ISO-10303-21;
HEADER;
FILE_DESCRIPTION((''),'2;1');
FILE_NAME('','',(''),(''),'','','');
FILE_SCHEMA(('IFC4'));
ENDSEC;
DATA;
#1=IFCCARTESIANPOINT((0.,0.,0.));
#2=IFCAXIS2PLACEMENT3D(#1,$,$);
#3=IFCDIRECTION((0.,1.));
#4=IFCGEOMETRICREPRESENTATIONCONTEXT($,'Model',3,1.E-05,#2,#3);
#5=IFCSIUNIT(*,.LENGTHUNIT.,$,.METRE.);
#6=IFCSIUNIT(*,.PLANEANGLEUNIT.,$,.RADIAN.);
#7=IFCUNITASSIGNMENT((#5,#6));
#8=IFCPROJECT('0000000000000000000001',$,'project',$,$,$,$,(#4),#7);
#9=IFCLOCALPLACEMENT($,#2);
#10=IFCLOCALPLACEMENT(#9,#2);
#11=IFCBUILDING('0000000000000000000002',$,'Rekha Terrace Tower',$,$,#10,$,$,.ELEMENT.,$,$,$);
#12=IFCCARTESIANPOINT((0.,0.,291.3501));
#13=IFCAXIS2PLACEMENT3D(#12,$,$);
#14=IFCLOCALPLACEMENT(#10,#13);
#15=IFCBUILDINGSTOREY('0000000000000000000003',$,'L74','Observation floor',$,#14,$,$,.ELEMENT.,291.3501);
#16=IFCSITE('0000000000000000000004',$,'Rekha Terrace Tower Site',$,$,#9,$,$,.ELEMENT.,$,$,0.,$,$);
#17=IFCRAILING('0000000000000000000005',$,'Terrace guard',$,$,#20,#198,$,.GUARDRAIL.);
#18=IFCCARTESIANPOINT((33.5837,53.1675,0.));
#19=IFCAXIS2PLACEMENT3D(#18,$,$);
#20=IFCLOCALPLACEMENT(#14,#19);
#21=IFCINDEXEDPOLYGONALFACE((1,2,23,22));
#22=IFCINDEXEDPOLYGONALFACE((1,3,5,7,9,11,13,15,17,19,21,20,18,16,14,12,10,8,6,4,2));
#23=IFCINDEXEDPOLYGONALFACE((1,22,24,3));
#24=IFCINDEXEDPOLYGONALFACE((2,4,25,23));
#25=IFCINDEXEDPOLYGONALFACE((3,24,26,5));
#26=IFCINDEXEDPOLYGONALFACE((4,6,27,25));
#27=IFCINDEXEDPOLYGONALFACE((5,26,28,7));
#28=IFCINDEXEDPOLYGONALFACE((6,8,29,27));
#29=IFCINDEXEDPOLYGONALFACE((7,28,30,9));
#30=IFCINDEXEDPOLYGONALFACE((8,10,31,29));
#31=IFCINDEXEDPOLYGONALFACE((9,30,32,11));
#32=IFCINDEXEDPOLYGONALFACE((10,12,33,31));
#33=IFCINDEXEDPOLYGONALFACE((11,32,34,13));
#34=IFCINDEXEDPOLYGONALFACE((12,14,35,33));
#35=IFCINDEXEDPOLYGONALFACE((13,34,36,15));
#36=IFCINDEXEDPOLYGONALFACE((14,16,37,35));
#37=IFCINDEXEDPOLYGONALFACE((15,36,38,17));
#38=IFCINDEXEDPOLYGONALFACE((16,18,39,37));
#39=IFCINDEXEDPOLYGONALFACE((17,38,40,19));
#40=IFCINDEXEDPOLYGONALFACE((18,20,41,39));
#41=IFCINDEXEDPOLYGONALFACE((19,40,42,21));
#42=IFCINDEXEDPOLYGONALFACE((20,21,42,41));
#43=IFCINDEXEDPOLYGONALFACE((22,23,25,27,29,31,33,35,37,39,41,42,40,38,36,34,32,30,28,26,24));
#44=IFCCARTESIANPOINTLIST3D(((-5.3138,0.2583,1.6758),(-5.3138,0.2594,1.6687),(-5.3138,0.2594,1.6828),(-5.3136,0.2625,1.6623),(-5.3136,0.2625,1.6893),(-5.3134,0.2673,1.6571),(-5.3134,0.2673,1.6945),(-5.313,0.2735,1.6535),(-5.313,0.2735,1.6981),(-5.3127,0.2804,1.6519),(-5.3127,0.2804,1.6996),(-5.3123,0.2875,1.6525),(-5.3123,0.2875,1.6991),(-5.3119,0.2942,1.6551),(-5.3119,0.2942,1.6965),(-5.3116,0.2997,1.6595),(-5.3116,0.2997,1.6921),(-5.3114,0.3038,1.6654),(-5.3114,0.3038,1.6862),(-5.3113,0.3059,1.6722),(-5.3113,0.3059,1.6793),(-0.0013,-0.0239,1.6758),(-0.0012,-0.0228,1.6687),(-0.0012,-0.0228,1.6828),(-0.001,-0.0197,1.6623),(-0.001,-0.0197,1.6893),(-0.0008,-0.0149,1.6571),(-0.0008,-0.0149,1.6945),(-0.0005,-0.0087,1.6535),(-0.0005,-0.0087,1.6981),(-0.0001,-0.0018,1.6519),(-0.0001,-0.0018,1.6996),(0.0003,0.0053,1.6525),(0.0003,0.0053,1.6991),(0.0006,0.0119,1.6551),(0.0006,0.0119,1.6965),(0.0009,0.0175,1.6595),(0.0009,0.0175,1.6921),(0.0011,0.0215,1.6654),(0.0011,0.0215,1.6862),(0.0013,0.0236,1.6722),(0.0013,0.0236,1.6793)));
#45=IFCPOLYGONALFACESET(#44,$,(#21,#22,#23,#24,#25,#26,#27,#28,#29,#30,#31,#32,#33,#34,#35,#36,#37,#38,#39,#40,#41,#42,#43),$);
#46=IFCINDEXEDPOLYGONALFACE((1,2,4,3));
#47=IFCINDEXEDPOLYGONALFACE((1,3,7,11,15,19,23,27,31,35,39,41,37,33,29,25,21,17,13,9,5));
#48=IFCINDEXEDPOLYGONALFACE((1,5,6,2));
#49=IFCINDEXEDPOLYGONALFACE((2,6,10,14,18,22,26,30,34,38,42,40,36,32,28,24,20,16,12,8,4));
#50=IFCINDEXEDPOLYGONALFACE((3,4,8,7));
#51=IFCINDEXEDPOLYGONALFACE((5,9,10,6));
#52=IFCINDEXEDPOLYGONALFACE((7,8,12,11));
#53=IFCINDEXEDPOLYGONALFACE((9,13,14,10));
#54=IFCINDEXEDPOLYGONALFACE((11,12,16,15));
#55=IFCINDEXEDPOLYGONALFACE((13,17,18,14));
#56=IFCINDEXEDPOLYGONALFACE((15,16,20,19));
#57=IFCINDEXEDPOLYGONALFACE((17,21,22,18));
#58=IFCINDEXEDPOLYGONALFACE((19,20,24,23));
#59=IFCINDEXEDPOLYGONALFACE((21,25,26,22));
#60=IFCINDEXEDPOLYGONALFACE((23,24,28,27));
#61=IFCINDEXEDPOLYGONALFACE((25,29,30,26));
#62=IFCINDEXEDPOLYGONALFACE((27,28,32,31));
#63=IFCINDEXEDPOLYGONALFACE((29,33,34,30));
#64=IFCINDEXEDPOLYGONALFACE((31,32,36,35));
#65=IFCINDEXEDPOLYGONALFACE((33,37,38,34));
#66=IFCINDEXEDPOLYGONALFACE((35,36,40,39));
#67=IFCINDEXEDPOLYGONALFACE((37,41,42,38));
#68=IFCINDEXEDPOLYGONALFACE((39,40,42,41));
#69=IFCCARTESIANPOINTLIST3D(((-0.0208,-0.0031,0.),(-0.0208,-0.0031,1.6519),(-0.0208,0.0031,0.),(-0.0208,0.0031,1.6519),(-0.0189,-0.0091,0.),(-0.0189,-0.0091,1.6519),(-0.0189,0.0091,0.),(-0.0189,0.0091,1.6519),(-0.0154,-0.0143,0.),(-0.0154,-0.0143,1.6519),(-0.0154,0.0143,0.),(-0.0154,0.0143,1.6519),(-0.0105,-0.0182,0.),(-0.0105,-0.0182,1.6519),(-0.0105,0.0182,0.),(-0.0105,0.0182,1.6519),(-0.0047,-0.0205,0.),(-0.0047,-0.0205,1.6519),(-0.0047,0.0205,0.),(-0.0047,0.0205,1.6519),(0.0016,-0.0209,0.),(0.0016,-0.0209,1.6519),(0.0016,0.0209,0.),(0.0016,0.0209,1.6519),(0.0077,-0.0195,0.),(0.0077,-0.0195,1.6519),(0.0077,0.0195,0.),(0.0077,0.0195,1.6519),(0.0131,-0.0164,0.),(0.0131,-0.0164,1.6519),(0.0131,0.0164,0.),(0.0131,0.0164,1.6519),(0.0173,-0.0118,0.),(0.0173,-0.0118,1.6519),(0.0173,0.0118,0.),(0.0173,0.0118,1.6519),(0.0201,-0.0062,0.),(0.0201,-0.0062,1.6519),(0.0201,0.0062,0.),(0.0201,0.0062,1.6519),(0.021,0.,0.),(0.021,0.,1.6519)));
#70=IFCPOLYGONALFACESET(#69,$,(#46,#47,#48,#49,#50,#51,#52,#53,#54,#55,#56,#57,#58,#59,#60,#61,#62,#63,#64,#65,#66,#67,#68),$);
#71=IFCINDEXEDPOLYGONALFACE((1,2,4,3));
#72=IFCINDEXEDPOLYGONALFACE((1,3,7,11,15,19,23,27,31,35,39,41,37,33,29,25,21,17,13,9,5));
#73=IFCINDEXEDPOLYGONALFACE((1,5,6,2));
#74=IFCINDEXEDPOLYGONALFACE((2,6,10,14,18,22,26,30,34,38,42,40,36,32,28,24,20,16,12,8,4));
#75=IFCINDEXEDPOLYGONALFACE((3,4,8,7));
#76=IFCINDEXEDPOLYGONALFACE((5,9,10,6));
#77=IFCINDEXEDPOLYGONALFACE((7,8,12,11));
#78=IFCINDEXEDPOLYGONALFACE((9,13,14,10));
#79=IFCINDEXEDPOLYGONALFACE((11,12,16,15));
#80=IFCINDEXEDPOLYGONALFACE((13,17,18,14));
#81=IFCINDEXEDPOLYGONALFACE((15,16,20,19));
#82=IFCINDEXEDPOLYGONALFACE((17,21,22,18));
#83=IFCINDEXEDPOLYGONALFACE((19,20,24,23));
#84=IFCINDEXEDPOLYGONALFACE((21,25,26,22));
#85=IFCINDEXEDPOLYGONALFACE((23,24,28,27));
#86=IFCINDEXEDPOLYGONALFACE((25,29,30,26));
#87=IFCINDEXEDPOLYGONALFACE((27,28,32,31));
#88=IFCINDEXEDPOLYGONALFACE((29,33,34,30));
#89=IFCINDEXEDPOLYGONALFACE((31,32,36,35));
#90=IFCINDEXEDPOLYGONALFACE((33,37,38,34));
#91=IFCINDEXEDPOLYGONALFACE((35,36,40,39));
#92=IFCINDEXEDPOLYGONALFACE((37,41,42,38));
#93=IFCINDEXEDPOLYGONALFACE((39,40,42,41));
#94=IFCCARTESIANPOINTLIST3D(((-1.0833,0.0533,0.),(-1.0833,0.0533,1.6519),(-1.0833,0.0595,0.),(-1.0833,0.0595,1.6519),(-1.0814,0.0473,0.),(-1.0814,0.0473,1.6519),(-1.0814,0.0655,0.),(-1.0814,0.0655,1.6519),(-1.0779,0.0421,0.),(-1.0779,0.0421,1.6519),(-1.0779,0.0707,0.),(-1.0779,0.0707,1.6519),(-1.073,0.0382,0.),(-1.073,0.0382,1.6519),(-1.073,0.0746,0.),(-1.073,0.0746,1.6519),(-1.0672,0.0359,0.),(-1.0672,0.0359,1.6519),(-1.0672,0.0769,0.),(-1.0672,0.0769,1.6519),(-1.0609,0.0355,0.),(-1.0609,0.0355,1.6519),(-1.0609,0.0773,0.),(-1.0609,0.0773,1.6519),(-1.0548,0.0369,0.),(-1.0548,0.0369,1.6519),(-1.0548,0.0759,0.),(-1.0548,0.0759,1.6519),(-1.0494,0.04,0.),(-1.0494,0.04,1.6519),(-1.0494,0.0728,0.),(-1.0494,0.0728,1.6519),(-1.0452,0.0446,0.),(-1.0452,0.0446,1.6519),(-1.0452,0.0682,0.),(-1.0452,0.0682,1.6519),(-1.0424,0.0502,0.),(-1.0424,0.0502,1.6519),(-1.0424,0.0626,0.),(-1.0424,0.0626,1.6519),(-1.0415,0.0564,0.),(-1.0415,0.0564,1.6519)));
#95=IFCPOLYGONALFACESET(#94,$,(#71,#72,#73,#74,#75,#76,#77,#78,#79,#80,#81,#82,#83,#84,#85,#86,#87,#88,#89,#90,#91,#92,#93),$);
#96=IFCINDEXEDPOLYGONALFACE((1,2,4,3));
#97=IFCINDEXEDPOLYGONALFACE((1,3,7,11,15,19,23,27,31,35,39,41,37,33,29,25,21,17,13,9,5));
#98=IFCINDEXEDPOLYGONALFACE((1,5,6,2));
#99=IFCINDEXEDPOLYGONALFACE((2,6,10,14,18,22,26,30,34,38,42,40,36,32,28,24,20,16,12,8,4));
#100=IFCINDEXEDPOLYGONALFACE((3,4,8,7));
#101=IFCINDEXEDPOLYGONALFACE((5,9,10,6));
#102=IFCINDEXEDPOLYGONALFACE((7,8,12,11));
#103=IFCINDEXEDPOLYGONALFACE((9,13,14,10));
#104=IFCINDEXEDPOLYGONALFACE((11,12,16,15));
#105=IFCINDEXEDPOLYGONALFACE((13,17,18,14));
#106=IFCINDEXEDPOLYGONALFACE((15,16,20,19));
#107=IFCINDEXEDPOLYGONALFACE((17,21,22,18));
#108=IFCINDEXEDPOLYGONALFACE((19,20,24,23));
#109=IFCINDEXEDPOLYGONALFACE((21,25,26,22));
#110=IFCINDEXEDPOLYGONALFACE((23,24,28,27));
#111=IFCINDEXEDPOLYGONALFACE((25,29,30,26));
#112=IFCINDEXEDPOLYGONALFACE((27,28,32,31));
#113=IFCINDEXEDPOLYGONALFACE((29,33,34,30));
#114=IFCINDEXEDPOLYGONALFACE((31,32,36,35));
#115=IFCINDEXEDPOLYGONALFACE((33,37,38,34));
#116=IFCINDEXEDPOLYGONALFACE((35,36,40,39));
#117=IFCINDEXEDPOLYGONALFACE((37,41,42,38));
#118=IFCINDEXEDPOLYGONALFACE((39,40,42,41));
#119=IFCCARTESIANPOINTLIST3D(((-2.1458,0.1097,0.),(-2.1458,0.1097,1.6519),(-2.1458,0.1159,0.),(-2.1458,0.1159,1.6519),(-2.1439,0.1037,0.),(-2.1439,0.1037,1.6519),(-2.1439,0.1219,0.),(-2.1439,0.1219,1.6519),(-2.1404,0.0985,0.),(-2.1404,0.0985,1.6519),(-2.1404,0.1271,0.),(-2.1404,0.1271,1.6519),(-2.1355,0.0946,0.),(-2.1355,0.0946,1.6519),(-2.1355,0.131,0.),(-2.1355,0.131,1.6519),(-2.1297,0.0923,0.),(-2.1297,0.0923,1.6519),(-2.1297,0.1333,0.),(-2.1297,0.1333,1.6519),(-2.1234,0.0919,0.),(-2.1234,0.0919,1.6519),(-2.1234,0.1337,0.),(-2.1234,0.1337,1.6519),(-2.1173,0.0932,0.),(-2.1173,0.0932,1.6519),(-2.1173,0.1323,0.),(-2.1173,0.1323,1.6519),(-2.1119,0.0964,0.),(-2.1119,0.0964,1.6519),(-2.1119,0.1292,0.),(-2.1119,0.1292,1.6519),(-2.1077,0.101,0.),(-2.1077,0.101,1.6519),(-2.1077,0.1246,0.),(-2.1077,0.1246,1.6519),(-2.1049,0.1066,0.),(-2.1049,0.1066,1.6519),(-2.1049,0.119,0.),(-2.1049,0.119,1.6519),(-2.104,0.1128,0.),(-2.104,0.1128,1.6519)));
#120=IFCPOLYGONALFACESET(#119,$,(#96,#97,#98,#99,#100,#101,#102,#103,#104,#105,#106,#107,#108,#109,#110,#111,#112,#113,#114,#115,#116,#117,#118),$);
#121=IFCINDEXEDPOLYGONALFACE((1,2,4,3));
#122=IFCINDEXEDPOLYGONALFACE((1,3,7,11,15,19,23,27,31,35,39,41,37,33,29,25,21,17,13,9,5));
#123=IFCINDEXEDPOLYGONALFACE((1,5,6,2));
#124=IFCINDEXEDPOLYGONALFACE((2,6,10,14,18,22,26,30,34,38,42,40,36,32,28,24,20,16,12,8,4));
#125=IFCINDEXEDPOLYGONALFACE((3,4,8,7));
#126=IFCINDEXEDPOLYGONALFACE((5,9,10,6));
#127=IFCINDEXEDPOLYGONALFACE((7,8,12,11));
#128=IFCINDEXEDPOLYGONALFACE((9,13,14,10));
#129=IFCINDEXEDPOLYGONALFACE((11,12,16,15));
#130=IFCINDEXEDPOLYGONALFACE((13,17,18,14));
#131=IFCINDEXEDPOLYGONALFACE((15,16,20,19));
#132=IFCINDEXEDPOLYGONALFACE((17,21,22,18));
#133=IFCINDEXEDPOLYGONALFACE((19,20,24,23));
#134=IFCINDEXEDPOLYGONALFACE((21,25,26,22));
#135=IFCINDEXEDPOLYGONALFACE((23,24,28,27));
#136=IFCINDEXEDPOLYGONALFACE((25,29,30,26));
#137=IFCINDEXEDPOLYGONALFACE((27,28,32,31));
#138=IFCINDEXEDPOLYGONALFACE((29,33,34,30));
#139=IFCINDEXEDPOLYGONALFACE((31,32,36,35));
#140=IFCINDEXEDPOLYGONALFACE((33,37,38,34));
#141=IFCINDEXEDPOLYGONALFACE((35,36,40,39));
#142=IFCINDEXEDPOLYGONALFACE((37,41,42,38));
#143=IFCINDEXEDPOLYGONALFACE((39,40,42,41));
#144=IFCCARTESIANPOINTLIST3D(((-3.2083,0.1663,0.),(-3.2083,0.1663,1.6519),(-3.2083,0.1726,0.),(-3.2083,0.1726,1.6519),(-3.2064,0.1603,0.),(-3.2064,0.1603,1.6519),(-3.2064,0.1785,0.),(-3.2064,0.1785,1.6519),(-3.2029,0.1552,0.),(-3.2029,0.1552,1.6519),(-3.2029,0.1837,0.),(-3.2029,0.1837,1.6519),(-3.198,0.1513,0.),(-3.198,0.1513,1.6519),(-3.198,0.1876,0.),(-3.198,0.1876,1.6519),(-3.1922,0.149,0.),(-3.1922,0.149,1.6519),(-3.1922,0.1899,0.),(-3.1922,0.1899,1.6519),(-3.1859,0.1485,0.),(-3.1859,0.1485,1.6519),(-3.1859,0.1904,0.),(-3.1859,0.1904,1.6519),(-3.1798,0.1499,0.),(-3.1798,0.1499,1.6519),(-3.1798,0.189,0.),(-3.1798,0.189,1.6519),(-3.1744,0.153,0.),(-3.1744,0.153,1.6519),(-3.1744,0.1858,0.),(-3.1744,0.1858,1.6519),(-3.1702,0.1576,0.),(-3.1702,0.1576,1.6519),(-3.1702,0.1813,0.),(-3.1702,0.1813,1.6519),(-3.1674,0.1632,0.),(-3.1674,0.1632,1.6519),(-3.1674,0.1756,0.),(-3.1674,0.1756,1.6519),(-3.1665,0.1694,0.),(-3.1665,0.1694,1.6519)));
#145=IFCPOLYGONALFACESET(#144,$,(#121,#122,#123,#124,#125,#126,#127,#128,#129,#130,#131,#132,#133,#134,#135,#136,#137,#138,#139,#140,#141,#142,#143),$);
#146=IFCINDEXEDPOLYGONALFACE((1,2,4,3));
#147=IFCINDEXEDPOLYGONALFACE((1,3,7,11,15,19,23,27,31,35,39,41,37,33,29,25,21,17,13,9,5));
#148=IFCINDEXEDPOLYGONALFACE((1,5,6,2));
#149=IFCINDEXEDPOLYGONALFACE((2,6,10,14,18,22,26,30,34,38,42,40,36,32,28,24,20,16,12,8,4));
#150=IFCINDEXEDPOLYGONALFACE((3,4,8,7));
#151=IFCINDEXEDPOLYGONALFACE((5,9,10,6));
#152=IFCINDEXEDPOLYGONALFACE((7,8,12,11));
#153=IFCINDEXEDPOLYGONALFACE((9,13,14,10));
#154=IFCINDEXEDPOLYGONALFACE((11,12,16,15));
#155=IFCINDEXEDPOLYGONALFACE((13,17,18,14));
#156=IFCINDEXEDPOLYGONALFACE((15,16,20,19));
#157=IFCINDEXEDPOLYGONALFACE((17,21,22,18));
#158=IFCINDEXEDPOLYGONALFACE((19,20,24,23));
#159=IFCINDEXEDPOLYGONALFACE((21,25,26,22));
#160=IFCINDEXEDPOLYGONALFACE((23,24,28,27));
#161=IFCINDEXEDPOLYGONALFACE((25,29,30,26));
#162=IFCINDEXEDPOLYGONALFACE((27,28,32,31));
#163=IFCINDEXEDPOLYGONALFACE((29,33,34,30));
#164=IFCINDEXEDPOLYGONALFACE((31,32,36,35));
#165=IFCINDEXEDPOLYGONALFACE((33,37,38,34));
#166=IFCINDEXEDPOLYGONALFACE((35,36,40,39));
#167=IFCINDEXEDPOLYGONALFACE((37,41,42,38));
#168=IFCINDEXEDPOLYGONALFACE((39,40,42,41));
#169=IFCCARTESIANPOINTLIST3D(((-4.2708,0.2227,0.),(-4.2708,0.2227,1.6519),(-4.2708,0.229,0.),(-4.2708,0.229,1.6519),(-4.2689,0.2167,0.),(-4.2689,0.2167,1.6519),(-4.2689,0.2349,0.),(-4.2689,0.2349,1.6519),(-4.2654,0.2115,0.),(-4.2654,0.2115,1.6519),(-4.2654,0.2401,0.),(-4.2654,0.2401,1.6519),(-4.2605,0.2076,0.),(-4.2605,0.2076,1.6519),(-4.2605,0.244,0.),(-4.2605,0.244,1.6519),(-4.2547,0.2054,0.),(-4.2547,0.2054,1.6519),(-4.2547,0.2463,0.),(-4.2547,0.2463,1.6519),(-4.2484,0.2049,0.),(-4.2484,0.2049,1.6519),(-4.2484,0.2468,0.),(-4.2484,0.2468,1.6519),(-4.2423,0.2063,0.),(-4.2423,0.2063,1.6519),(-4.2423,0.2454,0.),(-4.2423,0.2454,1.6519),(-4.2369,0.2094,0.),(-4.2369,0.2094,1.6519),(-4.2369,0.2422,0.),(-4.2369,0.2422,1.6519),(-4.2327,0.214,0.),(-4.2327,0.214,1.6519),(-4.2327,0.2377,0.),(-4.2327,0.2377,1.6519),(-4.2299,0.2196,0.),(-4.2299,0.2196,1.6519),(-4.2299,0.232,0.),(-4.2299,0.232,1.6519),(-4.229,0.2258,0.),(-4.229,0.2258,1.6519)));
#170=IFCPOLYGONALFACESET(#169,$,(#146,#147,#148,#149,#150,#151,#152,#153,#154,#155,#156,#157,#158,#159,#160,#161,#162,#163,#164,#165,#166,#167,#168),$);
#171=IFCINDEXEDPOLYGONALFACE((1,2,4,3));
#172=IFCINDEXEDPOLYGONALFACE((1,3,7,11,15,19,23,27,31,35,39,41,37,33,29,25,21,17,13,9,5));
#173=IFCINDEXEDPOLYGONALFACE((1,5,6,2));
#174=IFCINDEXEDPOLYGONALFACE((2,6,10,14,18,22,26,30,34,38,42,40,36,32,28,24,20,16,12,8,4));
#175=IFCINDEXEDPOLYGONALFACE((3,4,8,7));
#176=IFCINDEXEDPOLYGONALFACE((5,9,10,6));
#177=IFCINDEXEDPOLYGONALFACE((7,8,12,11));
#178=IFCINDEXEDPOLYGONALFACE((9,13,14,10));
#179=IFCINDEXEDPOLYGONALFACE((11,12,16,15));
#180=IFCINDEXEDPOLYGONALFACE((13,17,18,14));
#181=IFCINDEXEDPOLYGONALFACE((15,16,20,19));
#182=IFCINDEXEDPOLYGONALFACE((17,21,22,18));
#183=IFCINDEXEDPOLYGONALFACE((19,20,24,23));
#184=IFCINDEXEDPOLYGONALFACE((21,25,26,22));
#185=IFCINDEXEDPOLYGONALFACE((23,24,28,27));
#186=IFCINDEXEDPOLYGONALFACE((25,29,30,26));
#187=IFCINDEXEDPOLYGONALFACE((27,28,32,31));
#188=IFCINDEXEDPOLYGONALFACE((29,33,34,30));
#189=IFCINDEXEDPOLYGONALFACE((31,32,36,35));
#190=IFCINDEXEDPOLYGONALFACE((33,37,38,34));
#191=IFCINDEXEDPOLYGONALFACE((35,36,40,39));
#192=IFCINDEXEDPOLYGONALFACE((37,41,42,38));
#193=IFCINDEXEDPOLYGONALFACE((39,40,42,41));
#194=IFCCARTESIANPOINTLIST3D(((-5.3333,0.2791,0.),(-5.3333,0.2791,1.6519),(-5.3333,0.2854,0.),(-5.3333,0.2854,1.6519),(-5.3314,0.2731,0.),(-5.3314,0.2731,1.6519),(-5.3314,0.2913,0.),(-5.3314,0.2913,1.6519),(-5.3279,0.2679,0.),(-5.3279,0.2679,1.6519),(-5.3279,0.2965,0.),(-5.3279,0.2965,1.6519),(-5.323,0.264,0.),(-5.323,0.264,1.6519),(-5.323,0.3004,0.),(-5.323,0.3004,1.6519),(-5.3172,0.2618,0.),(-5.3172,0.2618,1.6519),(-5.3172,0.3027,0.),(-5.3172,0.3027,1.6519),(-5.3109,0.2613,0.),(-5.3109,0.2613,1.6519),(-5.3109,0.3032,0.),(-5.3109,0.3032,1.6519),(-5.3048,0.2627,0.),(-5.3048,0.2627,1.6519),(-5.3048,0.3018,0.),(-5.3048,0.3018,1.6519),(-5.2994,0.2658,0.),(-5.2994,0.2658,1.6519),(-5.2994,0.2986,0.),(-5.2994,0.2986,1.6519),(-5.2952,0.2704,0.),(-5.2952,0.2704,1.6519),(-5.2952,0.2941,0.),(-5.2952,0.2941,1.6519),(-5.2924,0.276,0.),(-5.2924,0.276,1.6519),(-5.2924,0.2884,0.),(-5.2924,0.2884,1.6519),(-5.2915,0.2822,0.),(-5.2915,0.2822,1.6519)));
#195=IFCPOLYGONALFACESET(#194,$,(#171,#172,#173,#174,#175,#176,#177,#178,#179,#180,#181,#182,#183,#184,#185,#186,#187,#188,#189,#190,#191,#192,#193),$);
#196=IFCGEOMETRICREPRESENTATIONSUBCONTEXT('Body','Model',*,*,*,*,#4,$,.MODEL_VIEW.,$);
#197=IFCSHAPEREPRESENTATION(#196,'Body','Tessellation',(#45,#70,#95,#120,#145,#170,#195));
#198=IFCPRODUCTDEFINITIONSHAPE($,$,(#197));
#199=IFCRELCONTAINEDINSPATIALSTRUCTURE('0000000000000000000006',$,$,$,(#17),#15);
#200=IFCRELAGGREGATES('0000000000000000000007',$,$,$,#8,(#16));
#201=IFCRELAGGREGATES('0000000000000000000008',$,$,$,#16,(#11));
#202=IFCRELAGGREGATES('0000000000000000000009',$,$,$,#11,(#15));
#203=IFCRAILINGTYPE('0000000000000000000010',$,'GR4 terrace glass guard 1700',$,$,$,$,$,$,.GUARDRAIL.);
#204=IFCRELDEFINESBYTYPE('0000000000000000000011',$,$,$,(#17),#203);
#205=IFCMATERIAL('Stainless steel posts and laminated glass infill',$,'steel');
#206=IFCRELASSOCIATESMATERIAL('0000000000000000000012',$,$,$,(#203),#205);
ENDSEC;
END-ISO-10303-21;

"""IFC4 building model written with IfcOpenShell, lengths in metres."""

from ifc_helpers import new_model, si_unit, direction, frame, origin, origin_2d, place, context, subcontext, project, spatial, circle, extrude, material, type_object, element, save


model = new_model("IFC4")

# Units and contexts
model_context = context("Model", 3, precision=1e-05, world=origin(), true_north=direction((0.0, 1.0)))
body_context = subcontext(model_context, "Body", "Model", "MODEL_VIEW")
ifc_project = project(units=[si_unit("LENGTHUNIT", "METRE"), si_unit("PLANEANGLEUNIT", "RADIAN")], contexts=[model_context])

# Site, building, storey
site_placement = place(None, origin())
site = spatial("IfcSite", under=ifc_project, at=site_placement, Name="Rekha Terrace Tower Site", CompositionType="ELEMENT", RefElevation=0.0)
building_placement = place(site_placement, origin())
building = spatial("IfcBuilding", under=site, at=building_placement, Name="Rekha Terrace Tower", CompositionType="ELEMENT")
storey_placement = place(building_placement, frame((0.0, 0.0, 291.3501)))
storey = spatial("IfcBuildingStorey", under=building, at=storey_placement, Name="L74", Description="Observation floor", CompositionType="ELEMENT", Elevation=291.3501)

# Railing
ifc_material_1 = material(Name="Stainless steel posts and laminated glass infill", Category="steel")
railing_type_1 = type_object("IfcRailingType", Name="GR4 terrace glass guard 1700", PredefinedType="GUARDRAIL", material=ifc_material_1)
railing_1_placement = place(storey_placement, frame((33.5837, 53.1675, 0.0)))
element("IfcRailing", 1, at=railing_1_placement, inside=storey, type_object=railing_type_1, Name="Terrace guard", PredefinedType="GUARDRAIL", context=body_context, shape_type="SweptSolid", body=[
    extrude(circle(Radius=0.0239, at=origin_2d()), frame((0.0, 0.0, 1.6758), z_axis=(-0.998592, 0.05305, 0.0), x_axis=(-0.05305, -0.998592, 0.0)), (0.0, 0.0, 1.0), 5.3201),
    extrude(circle(Radius=0.021, at=origin_2d()), origin(), (0.0, 0.0, 1.0), 1.6519),
    extrude(circle(Radius=0.021, at=origin_2d()), frame((-1.0625, 0.0564, 0.0)), (0.0, 0.0, 1.0), 1.6519),
    extrude(circle(Radius=0.021, at=origin_2d()), frame((-2.125, 0.1128, 0.0)), (0.0, 0.0, 1.0), 1.6519),
    extrude(circle(Radius=0.021, at=origin_2d()), frame((-3.1875, 0.1694, 0.0)), (0.0, 0.0, 1.0), 1.6519),
    extrude(circle(Radius=0.021, at=origin_2d()), frame((-4.25, 0.2258, 0.0)), (0.0, 0.0, 1.0), 1.6519),
    extrude(circle(Radius=0.021, at=origin_2d()), frame((-5.3125, 0.2822, 0.0)), (0.0, 0.0, 1.0), 1.6519),
])

save(model, "model.ifc")
